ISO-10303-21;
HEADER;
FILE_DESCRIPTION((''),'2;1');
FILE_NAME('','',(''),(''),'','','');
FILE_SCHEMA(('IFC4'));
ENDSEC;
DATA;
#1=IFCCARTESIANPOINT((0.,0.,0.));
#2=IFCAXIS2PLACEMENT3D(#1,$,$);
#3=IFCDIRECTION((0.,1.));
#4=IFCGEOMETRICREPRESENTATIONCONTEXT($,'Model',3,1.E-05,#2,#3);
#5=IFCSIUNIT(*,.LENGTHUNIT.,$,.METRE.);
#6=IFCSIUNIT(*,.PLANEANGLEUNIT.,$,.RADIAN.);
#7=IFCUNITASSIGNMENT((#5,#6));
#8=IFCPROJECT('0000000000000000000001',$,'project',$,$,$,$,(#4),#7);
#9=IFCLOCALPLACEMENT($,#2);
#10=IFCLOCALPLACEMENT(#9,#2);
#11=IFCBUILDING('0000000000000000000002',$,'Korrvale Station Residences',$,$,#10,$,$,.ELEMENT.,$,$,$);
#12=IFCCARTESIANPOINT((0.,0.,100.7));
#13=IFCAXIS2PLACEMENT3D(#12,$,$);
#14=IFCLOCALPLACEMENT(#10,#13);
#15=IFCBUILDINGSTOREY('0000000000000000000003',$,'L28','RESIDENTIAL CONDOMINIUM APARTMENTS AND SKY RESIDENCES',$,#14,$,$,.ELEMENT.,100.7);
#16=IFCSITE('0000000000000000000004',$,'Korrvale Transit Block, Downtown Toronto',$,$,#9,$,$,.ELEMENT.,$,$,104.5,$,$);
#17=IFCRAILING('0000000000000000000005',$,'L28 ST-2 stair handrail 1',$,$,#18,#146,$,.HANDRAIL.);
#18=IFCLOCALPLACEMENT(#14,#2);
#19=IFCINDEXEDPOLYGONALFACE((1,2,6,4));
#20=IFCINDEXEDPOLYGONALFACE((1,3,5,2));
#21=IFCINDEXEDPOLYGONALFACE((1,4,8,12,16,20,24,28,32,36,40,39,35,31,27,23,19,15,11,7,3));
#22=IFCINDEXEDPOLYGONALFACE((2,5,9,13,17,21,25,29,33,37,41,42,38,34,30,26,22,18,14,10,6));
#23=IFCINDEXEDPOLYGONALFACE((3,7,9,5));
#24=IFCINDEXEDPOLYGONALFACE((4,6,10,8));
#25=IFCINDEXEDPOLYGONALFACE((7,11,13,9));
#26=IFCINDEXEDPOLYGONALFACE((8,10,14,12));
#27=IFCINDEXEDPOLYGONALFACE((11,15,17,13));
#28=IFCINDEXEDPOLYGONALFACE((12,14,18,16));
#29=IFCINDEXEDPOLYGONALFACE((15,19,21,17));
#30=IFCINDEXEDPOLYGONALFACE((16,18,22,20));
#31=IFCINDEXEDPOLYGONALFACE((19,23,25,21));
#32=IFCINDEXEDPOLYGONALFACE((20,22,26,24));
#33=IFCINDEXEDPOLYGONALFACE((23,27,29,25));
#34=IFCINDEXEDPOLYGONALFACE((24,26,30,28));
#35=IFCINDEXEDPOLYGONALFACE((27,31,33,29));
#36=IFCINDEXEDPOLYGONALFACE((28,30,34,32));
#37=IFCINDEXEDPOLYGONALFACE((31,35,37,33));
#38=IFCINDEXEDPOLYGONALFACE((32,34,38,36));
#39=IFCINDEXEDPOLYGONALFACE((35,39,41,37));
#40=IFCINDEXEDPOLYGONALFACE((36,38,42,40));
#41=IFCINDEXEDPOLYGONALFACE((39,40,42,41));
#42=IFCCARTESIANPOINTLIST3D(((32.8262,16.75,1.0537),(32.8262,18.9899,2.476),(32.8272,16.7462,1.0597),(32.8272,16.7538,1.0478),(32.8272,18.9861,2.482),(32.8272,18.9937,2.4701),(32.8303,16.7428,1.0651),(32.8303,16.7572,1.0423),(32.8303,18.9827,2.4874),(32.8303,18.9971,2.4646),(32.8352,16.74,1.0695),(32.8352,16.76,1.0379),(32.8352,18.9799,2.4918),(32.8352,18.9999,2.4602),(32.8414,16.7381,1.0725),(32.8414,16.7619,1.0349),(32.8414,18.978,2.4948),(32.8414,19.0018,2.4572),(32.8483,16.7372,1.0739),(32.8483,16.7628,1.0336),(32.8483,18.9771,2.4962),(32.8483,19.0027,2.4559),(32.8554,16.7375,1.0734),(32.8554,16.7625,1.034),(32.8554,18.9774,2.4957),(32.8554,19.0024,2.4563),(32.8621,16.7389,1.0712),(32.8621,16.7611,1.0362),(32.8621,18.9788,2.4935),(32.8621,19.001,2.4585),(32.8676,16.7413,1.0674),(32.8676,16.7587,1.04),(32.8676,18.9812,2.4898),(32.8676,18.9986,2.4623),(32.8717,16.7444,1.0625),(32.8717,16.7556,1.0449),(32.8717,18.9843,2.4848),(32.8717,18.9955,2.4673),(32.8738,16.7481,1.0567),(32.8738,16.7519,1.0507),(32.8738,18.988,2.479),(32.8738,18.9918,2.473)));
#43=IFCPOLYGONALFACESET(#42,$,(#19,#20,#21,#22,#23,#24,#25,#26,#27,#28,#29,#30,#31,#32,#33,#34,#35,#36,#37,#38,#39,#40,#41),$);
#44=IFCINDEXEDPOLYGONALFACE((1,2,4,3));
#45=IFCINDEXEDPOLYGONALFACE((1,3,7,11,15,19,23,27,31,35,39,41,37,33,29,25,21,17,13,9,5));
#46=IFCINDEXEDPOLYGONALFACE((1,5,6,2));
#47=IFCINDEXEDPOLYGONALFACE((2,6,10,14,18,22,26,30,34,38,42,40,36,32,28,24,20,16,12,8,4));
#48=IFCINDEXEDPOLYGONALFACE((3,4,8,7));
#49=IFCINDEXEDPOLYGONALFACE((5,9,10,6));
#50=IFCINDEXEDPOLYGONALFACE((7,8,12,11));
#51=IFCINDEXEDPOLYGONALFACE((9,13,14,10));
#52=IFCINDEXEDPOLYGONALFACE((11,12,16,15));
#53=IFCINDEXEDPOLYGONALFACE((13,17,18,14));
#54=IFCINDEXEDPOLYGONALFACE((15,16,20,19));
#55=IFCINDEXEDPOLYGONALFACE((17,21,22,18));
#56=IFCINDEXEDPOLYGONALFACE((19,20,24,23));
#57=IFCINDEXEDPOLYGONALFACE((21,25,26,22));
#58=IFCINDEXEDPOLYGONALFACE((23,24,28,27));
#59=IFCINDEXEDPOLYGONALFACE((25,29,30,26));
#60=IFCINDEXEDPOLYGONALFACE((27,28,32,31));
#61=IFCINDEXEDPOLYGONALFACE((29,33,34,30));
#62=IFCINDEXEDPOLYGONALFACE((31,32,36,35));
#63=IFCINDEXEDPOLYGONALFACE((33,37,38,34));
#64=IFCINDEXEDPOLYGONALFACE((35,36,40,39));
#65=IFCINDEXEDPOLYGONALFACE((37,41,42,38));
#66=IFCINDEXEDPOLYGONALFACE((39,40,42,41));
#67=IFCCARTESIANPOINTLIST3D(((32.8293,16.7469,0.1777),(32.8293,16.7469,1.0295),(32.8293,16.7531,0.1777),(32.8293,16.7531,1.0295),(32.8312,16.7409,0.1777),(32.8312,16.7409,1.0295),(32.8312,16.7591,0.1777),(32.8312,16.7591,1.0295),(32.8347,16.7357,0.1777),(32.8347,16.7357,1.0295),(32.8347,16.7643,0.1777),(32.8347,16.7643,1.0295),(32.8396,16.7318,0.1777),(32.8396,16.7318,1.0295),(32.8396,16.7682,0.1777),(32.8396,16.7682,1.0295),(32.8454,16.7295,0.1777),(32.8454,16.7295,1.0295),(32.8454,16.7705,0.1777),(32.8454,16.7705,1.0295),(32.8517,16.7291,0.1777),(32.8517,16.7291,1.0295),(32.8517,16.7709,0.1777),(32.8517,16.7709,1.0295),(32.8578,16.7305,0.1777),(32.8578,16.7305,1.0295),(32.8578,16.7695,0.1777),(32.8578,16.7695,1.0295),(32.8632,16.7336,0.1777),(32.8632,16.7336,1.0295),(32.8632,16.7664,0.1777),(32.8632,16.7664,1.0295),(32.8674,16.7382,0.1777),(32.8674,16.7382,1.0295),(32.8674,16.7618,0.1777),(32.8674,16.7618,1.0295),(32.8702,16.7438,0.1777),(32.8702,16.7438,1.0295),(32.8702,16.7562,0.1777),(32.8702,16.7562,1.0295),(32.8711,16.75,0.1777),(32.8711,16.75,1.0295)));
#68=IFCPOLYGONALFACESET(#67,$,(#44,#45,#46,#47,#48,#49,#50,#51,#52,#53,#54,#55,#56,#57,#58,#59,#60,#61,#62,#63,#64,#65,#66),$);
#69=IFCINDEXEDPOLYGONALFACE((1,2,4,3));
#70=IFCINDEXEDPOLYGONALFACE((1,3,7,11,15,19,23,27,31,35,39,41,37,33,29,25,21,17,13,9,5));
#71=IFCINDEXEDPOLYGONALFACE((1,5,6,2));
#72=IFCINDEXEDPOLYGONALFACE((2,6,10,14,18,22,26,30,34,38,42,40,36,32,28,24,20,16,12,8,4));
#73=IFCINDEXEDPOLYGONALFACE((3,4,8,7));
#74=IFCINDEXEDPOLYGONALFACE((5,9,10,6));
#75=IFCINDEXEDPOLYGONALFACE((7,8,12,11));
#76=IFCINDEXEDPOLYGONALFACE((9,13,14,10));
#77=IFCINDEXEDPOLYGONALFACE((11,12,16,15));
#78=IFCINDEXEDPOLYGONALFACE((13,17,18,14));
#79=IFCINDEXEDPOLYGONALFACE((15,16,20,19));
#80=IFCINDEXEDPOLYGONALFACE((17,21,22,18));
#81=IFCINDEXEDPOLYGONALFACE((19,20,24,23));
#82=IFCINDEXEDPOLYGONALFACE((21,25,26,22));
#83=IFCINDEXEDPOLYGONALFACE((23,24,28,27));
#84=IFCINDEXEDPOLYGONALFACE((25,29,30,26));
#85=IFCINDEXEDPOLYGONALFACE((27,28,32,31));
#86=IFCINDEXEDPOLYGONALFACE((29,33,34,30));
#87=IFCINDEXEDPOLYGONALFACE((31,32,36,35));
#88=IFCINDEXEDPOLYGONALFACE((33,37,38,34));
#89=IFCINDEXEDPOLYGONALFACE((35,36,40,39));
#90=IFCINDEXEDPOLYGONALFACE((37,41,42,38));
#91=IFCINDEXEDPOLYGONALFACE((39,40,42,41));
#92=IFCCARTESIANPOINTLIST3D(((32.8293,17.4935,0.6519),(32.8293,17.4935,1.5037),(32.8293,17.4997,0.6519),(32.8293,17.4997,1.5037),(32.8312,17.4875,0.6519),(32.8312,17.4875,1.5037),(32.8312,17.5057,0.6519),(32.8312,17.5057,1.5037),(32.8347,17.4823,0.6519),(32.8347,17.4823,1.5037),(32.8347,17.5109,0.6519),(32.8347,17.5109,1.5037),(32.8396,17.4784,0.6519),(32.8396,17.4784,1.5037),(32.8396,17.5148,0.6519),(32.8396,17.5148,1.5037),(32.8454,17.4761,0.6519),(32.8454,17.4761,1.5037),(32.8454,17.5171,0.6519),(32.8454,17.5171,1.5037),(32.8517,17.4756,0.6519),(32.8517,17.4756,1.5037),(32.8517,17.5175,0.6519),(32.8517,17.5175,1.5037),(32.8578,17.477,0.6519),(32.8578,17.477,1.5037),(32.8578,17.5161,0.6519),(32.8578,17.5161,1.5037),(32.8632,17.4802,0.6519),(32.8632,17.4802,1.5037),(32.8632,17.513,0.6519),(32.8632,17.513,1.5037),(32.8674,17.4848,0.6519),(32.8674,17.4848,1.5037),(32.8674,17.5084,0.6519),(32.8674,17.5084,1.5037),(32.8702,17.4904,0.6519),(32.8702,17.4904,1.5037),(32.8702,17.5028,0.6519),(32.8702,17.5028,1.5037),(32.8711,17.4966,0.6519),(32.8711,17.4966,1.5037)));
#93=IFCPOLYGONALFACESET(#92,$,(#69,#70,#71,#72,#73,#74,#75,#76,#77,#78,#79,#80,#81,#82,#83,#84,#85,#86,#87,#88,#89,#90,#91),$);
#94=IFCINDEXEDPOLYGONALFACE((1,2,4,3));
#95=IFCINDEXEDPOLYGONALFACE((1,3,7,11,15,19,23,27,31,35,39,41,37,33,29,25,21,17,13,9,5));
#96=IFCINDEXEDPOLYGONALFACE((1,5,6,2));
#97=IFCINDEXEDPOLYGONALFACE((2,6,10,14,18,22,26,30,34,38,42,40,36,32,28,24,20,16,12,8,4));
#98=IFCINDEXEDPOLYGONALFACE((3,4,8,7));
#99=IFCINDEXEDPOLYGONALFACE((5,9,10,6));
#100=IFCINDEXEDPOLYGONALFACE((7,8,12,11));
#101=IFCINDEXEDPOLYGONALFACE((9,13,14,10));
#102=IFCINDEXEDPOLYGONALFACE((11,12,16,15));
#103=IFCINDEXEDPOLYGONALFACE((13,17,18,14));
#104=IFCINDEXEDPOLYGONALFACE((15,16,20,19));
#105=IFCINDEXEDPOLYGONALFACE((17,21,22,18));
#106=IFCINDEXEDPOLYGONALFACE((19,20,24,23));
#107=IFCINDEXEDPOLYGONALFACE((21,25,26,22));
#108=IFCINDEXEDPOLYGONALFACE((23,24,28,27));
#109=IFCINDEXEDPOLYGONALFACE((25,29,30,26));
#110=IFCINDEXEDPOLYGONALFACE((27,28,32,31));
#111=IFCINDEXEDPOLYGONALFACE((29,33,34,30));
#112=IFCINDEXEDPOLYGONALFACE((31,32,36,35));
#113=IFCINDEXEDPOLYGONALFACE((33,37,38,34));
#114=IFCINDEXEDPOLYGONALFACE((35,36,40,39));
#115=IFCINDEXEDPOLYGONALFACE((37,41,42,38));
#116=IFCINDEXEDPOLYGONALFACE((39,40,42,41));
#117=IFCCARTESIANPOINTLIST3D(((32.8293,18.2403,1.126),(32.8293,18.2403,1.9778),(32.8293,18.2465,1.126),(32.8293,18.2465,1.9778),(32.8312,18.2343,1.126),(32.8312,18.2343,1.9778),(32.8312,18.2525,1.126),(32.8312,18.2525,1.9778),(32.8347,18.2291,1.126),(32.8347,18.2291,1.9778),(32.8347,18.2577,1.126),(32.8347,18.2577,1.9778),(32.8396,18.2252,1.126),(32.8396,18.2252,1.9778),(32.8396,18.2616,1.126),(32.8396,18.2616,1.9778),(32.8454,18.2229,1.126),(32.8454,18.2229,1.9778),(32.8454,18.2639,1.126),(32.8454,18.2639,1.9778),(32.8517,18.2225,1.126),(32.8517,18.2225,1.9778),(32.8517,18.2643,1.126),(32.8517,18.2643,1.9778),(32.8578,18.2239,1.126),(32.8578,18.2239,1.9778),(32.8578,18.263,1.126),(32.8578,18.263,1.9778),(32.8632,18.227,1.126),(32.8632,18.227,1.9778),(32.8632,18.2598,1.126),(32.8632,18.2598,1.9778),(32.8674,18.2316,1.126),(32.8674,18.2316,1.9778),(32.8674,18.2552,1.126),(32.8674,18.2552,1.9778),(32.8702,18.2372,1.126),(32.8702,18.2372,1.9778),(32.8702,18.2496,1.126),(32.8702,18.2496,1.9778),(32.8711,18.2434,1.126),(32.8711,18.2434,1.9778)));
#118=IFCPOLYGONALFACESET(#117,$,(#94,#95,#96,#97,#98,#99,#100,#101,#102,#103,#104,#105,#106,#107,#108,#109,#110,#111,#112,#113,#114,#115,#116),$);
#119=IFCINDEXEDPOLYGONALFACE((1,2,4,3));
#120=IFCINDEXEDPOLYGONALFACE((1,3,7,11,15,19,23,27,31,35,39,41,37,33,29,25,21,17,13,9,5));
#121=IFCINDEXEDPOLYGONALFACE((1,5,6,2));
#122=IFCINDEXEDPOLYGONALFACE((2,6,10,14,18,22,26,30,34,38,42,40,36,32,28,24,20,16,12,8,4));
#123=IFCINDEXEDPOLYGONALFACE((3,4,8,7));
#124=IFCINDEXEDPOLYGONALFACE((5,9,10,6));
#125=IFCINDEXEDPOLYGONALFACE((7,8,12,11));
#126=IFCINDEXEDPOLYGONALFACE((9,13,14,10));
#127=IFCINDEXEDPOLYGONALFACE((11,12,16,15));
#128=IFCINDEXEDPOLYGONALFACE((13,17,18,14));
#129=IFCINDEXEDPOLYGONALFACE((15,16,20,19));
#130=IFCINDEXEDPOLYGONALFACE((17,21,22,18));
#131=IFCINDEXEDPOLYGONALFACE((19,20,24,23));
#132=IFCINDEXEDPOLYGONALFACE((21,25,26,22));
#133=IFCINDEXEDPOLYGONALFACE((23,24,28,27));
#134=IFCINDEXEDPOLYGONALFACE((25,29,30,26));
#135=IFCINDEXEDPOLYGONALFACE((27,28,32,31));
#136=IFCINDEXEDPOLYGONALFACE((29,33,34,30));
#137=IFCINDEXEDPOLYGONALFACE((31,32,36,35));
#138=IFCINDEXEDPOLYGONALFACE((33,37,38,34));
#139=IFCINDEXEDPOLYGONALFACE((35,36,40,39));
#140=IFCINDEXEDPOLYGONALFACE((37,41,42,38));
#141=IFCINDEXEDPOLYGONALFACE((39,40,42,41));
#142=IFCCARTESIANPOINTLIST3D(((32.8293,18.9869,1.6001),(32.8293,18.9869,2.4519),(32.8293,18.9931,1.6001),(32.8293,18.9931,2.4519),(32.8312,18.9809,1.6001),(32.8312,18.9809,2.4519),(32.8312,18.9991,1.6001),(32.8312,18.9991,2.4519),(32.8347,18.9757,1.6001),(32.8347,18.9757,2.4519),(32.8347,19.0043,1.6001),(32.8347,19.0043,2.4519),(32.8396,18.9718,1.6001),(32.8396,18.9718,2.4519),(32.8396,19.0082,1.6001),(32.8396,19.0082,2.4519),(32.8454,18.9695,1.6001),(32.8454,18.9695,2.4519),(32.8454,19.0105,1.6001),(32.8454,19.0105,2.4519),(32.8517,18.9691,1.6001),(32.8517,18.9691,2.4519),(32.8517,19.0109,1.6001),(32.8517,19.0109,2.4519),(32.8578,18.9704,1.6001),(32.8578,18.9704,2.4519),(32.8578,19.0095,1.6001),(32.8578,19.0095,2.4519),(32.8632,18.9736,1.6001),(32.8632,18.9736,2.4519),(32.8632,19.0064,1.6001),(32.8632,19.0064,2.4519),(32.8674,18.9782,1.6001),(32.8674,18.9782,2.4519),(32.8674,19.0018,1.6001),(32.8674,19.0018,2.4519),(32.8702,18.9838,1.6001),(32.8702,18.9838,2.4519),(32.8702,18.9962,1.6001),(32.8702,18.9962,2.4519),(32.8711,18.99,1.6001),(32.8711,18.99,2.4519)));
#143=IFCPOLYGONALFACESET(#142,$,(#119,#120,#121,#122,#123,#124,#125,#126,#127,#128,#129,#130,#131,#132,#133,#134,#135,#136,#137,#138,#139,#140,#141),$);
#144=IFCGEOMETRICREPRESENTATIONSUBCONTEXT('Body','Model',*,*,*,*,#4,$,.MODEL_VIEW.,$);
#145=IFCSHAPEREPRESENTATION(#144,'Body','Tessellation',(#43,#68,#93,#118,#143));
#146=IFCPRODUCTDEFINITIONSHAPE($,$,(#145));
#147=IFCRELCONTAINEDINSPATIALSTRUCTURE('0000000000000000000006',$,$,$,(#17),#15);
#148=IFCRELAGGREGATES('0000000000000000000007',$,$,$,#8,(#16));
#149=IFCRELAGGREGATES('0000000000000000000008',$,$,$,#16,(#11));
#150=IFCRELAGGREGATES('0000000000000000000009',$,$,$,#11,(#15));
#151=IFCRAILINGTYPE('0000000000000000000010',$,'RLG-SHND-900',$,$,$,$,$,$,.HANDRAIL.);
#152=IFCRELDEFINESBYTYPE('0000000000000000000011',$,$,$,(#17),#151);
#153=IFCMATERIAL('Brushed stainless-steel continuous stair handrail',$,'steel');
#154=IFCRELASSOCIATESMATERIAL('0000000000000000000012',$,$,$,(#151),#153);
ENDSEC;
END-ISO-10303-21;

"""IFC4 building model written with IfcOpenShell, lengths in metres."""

from ifc_helpers import new_model, si_unit, direction, frame, origin, origin_2d, place, context, subcontext, project, spatial, circle, extrude, material, type_object, element, save


model = new_model("IFC4")

# Units and contexts
model_context = context("Model", 3, precision=1e-05, world=origin(), true_north=direction((0.0, 1.0)))
body_context = subcontext(model_context, "Body", "Model", "MODEL_VIEW")
ifc_project = project(units=[si_unit("LENGTHUNIT", "METRE"), si_unit("PLANEANGLEUNIT", "RADIAN")], contexts=[model_context])

# Site, building, storey
site_placement = place(None, origin())
site = spatial("IfcSite", under=ifc_project, at=site_placement, Name="Korrvale Transit Block, Downtown Toronto", CompositionType="ELEMENT", RefElevation=104.5)
building_placement = place(site_placement, origin())
building = spatial("IfcBuilding", under=site, at=building_placement, Name="Korrvale Station Residences", CompositionType="ELEMENT")
storey_placement = place(building_placement, frame((0.0, 0.0, 100.7)))
storey = spatial("IfcBuildingStorey", under=building, at=storey_placement, Name="L28", Description="RESIDENTIAL CONDOMINIUM APARTMENTS AND SKY RESIDENCES", CompositionType="ELEMENT", Elevation=100.7)

# Railing
ifc_material_1 = material(Name="Brushed stainless-steel continuous stair handrail", Category="steel")
railing_type_1 = type_object("IfcRailingType", Name="RLG-SHND-900", PredefinedType="HANDRAIL", material=ifc_material_1)
railing_1_placement = place(storey_placement, frame((32.8501, 16.75, 0.1777)))
element("IfcRailing", 1, at=railing_1_placement, inside=storey, type_object=railing_type_1, Name="L28 ST-2 stair handrail 1", PredefinedType="HANDRAIL", context=body_context, shape_type="SweptSolid", body=[
    extrude(circle(Radius=0.0239, at=origin_2d()), frame((0.0, 0.0, 0.876), z_axis=(0.0, 0.844188, 0.536048), x_axis=(-1.0, 0.0, 0.0)), (0.0, 0.0, 1.0), 2.6533),
    extrude(circle(Radius=0.021, at=origin_2d()), origin(), (0.0, 0.0, 1.0), 0.8518),
    extrude(circle(Radius=0.021, at=origin_2d()), frame((0.0, 0.7466, 0.4741)), (0.0, 0.0, 1.0), 0.8518),
    extrude(circle(Radius=0.021, at=origin_2d()), frame((0.0, 1.4934, 0.9482)), (0.0, 0.0, 1.0), 0.8518),
    extrude(circle(Radius=0.021, at=origin_2d()), frame((0.0, 2.24, 1.4224)), (0.0, 0.0, 1.0), 0.8518),
])

save(model, "model.ifc")
